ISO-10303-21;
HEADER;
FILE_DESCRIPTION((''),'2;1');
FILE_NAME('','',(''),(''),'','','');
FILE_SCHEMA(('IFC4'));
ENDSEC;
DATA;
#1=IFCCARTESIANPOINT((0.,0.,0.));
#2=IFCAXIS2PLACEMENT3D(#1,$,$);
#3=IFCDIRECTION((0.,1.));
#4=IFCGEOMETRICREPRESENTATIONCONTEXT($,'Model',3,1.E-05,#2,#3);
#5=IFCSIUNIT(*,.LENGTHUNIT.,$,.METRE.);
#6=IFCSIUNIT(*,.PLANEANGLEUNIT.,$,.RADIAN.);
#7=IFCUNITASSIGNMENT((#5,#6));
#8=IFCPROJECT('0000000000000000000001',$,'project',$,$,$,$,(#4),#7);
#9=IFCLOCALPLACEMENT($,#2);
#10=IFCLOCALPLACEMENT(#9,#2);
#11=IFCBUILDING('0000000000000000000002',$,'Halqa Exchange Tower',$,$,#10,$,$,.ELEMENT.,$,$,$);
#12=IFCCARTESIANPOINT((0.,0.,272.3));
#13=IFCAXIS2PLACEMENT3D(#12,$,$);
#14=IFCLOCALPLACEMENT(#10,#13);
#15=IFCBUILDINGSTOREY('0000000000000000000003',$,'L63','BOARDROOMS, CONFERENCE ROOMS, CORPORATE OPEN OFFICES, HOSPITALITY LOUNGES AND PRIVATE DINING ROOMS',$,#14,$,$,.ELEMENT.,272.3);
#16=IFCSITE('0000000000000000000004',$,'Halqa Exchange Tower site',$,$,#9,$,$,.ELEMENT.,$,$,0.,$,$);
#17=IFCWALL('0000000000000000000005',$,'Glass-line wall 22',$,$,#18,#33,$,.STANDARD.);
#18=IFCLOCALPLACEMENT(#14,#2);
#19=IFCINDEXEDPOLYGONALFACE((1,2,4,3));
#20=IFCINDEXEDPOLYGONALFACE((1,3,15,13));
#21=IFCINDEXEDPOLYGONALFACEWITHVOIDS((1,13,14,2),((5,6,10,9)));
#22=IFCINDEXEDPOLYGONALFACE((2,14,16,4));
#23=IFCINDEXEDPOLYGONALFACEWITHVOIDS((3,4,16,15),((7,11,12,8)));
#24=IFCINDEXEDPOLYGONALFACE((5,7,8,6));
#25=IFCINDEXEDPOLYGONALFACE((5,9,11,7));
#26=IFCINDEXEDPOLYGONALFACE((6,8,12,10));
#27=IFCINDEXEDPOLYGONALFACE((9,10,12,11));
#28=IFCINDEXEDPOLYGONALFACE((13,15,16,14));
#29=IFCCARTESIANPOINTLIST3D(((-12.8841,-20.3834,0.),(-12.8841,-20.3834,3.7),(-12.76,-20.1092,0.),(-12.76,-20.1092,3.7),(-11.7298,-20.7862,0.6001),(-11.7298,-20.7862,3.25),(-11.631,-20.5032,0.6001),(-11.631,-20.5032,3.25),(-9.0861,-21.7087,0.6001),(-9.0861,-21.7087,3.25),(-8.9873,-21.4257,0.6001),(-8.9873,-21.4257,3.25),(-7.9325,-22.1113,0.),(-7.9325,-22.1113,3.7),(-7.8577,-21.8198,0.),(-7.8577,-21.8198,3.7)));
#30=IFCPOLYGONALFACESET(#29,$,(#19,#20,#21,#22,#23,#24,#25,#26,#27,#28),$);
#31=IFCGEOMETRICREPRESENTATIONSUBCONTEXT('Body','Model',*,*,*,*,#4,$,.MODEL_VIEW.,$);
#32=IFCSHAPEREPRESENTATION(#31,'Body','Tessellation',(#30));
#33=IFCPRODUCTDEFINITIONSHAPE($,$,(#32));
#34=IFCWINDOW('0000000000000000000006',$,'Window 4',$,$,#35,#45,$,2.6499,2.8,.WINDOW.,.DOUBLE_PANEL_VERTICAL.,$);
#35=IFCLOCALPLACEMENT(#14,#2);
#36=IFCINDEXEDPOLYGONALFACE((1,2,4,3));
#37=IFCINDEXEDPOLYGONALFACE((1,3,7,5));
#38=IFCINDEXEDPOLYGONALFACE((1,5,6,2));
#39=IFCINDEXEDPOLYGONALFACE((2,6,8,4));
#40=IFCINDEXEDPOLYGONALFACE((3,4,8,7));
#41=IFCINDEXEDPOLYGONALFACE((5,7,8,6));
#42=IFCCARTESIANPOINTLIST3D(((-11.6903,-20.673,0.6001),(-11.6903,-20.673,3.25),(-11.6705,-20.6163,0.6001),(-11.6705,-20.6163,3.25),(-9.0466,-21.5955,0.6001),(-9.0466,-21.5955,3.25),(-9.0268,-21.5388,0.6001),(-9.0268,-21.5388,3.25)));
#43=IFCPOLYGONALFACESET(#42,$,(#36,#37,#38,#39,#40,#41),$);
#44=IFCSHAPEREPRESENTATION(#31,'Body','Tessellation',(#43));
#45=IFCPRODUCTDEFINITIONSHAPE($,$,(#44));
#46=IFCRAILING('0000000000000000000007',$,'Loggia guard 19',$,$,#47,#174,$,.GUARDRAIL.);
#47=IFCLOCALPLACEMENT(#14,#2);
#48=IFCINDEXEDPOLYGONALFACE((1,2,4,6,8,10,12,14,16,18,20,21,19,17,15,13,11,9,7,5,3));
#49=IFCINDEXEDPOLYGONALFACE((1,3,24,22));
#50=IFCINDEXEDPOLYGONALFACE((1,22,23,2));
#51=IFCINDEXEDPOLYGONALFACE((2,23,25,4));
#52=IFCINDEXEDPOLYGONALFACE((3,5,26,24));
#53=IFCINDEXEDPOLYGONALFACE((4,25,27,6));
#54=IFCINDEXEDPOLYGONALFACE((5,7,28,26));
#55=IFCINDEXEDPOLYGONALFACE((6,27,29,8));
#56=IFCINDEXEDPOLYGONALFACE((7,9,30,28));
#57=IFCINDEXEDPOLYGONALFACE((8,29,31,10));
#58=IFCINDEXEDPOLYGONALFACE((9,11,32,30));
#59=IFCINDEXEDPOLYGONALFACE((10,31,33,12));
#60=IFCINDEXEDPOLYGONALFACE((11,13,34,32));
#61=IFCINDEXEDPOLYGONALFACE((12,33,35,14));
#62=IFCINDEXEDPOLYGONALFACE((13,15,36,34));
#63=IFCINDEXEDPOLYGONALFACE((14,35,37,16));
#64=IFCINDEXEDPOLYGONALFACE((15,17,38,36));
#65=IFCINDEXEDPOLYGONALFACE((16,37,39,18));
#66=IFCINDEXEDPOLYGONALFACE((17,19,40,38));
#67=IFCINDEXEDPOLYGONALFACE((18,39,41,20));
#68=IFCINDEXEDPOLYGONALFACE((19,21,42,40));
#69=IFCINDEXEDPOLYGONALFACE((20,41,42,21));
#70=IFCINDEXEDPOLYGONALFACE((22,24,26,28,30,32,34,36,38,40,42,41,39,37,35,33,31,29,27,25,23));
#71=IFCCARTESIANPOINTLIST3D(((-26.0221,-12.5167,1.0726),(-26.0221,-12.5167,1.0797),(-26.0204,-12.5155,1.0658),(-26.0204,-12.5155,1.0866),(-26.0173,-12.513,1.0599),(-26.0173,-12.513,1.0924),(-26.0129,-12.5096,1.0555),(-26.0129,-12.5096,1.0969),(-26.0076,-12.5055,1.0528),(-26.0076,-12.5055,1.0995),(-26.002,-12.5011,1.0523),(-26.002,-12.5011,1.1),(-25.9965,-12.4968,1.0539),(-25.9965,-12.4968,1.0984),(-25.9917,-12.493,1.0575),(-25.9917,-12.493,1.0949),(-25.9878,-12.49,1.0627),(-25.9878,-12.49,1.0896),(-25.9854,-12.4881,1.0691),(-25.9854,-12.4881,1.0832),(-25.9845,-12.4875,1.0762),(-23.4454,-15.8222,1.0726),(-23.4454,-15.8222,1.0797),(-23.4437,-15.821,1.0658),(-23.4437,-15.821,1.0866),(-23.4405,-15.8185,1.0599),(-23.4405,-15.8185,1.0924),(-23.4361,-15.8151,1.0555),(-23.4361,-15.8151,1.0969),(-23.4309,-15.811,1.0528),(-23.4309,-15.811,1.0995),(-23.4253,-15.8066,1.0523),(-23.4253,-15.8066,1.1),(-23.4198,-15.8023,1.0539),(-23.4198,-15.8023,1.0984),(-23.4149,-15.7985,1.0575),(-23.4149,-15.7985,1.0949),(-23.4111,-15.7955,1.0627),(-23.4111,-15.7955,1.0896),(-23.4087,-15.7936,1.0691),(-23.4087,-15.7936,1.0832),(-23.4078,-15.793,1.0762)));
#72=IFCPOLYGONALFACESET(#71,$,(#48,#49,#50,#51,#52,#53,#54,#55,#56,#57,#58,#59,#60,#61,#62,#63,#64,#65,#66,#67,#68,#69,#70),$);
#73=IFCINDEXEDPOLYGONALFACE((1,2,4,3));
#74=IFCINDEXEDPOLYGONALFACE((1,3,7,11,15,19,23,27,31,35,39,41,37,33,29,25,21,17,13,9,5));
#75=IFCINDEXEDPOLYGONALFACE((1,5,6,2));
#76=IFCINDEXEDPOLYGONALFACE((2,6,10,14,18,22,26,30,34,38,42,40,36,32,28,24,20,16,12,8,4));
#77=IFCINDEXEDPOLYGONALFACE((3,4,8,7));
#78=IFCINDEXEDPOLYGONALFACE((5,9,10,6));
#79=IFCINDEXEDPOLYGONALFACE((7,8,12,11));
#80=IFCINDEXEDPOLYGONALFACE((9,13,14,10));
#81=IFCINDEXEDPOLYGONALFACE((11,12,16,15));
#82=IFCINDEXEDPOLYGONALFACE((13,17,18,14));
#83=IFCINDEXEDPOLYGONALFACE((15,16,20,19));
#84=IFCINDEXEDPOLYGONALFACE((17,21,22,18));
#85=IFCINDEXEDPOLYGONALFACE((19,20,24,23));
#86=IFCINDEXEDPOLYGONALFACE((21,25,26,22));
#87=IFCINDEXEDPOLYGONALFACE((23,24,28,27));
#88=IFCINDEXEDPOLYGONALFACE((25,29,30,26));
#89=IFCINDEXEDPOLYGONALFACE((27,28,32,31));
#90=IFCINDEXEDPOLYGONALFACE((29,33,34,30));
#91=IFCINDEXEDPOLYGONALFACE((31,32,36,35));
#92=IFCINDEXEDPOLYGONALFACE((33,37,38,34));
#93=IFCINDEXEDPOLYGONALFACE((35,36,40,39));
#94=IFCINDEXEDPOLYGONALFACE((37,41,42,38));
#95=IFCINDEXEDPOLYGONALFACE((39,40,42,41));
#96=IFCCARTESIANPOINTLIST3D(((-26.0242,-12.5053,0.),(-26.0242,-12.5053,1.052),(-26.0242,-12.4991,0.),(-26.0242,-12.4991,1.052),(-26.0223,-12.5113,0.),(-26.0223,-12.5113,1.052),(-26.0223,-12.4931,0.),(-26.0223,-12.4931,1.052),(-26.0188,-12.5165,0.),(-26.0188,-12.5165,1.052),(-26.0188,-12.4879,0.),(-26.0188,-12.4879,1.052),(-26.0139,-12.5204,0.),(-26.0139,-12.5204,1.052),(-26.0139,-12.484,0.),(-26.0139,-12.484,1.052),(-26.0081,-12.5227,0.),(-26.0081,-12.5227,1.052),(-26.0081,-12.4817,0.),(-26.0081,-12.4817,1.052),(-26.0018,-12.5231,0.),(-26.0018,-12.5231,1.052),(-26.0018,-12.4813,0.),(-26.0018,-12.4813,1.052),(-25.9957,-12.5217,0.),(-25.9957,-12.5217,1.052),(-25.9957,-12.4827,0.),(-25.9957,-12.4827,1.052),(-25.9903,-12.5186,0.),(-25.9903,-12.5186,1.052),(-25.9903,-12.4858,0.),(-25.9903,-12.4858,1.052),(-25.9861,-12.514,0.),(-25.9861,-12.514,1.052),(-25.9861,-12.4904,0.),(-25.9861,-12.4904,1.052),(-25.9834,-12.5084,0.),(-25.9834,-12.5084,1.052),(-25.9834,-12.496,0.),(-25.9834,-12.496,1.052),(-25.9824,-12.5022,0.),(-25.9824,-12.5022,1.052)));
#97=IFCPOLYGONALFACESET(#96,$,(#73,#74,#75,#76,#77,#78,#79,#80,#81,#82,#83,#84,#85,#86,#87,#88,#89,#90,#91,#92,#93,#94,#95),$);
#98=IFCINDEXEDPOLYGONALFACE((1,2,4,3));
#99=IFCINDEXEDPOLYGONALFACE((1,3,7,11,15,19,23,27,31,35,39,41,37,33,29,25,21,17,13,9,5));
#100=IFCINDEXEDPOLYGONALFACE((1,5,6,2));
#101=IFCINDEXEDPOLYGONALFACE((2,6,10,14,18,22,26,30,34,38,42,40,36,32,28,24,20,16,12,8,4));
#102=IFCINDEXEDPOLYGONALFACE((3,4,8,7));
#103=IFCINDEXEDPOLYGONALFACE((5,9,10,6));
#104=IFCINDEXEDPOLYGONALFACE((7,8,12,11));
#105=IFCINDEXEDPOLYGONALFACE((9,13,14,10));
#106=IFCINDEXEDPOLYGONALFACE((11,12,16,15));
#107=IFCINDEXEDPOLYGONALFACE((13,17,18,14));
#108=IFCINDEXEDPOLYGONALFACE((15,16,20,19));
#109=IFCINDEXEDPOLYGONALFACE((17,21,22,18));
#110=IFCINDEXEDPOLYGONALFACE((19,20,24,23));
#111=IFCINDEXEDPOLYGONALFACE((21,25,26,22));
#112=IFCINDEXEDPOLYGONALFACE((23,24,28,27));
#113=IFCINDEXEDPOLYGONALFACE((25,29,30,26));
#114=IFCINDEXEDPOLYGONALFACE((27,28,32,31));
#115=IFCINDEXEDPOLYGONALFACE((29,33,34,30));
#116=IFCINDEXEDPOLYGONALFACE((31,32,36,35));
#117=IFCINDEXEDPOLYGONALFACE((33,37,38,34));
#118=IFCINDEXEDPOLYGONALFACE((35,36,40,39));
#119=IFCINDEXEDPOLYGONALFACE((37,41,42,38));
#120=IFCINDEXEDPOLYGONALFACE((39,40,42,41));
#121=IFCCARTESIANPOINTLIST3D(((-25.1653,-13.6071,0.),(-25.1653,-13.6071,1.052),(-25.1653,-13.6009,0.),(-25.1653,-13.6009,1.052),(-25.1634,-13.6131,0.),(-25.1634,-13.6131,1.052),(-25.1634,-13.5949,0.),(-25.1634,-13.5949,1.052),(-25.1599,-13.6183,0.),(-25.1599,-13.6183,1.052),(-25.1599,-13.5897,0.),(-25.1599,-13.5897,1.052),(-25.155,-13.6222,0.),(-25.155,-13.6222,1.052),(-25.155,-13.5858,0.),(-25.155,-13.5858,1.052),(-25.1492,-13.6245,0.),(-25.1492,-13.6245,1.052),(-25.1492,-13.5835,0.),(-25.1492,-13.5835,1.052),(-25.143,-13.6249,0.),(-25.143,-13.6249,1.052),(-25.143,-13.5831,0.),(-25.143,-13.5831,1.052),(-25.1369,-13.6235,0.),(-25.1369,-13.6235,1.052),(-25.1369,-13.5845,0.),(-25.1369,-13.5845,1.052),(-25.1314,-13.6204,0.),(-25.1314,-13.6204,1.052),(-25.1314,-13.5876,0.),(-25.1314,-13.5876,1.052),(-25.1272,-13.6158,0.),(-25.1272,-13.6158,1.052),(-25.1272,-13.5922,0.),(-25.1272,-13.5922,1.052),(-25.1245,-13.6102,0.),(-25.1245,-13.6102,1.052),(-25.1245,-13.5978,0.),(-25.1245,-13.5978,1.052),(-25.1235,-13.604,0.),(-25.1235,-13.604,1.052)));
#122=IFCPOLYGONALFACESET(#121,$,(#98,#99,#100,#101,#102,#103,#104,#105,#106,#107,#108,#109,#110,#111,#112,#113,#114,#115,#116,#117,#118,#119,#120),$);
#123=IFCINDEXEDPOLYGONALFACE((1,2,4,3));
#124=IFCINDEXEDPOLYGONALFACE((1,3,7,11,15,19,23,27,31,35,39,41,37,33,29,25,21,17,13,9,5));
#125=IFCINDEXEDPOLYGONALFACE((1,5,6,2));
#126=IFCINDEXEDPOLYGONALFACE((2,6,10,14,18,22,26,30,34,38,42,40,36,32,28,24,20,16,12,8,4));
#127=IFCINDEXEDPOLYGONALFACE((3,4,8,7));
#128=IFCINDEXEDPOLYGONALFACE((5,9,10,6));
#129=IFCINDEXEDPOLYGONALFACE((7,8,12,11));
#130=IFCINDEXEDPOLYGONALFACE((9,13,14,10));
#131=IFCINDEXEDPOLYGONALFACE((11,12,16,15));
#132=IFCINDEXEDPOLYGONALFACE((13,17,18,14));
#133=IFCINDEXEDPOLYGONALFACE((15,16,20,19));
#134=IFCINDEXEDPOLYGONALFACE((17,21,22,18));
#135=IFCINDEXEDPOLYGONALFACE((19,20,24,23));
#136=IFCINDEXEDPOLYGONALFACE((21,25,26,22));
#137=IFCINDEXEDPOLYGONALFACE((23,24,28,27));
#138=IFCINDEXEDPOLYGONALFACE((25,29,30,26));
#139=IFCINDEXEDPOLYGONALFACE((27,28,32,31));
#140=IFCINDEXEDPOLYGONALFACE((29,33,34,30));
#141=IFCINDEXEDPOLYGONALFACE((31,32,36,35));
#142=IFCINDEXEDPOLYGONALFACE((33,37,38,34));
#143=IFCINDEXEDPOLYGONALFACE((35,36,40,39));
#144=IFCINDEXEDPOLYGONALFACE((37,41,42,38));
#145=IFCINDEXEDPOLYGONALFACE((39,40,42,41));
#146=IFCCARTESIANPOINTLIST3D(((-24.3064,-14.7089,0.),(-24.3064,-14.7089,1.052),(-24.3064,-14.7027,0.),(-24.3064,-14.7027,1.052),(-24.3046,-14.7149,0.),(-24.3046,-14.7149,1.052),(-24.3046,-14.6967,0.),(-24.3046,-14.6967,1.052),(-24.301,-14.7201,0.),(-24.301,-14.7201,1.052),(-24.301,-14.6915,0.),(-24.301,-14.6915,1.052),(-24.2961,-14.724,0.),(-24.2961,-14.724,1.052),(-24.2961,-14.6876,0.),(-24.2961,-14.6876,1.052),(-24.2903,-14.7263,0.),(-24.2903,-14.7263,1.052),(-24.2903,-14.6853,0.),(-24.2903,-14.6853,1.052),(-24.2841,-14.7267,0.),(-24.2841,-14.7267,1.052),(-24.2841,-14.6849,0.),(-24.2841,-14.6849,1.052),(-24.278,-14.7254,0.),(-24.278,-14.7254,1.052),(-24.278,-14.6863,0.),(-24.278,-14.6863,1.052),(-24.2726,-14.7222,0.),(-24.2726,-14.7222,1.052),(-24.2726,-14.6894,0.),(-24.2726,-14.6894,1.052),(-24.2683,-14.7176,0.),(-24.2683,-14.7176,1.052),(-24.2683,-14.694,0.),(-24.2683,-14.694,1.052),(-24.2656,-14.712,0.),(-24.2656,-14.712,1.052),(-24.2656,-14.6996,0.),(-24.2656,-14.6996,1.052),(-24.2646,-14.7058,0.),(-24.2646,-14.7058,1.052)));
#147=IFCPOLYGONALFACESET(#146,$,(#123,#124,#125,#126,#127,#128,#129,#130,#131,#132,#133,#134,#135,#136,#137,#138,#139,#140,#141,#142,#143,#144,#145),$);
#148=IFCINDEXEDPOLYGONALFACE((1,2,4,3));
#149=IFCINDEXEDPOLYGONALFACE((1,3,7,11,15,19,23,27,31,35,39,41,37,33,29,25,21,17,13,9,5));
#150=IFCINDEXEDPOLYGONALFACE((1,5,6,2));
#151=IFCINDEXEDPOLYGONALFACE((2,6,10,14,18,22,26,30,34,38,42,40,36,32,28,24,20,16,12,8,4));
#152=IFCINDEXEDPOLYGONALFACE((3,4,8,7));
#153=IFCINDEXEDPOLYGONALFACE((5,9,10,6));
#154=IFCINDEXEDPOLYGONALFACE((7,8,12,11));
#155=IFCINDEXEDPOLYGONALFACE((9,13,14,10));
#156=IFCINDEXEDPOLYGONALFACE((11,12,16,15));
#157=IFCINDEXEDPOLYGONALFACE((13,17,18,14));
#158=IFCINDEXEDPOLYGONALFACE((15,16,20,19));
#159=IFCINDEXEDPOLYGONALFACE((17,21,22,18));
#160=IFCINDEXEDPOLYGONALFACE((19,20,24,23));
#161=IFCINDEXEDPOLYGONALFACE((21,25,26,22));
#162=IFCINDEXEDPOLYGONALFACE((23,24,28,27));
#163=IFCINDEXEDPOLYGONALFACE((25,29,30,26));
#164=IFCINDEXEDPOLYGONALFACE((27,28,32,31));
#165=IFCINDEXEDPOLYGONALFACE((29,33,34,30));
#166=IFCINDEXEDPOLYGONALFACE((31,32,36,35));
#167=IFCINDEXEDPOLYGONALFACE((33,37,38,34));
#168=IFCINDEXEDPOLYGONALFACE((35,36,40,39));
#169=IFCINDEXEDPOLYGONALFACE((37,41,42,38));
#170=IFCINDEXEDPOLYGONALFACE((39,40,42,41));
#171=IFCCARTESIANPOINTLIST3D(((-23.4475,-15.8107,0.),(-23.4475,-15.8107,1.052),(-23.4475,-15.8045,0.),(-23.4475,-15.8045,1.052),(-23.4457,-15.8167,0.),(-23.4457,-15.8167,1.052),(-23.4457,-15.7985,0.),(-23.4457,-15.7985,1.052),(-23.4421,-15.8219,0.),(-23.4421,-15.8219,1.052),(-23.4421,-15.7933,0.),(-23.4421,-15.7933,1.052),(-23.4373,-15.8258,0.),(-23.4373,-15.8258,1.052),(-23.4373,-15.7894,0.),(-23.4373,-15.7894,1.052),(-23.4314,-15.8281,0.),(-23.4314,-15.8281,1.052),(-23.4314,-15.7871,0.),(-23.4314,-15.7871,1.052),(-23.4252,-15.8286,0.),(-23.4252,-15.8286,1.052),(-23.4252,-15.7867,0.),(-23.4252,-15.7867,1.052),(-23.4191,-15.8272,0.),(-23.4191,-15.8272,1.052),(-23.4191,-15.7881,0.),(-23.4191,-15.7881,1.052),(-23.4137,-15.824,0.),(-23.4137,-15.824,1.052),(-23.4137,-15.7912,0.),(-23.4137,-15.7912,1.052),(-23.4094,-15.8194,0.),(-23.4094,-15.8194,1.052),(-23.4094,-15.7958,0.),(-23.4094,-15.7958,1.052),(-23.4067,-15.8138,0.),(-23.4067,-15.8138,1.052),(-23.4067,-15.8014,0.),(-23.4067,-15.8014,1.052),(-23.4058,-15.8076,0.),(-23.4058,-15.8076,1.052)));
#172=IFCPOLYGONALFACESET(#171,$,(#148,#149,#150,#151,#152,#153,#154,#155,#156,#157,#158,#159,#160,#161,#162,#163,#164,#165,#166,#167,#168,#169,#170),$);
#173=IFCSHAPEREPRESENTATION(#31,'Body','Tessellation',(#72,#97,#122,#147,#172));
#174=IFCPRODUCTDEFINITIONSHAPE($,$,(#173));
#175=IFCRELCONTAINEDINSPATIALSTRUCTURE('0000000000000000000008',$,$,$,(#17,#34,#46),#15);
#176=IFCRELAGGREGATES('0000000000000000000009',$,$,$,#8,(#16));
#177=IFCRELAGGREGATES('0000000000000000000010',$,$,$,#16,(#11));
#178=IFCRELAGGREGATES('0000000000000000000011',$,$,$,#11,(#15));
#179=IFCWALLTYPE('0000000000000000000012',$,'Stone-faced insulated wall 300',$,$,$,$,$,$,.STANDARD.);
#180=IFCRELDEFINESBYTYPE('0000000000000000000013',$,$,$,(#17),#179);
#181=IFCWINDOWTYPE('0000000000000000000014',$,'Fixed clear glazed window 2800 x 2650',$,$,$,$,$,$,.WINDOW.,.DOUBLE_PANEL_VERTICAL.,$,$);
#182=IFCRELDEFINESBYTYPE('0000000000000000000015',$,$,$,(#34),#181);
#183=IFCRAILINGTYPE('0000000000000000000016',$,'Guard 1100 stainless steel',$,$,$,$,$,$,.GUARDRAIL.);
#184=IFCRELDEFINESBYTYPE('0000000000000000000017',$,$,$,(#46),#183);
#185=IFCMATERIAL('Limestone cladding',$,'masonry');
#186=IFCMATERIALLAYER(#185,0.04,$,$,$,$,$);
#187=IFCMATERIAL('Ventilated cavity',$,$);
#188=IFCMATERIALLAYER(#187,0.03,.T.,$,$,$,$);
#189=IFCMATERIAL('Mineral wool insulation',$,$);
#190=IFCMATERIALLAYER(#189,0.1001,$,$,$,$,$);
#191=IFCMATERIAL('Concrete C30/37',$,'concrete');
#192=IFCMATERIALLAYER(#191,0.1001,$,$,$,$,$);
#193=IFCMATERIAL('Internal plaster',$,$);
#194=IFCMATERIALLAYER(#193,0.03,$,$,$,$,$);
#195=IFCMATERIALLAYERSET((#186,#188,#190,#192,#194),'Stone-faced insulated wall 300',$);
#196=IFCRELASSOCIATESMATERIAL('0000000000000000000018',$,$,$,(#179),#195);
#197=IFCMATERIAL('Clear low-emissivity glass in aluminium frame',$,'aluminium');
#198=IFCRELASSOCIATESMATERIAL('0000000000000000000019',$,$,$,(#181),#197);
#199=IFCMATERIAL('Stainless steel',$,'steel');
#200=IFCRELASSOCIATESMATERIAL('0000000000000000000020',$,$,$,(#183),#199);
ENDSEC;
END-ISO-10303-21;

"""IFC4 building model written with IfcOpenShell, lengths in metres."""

from ifc_helpers import new_model, si_unit, direction, frame, frame_2d, origin, origin_2d, place, context, subcontext, project, spatial, polyline, rectangle, circle, outline, extrude, material, layer, layer_set, type_object, element, fill, save


model = new_model("IFC4")

# Units and contexts
model_context = context("Model", 3, precision=1e-05, world=origin(), true_north=direction((0.0, 1.0)))
body_context = subcontext(model_context, "Body", "Model", "MODEL_VIEW")
ifc_project = project(units=[si_unit("LENGTHUNIT", "METRE"), si_unit("PLANEANGLEUNIT", "RADIAN")], contexts=[model_context])

# Site, building, storey
site_placement = place(None, origin())
site = spatial("IfcSite", under=ifc_project, at=site_placement, Name="Halqa Exchange Tower site", CompositionType="ELEMENT", RefElevation=0.0)
building_placement = place(site_placement, origin())
building = spatial("IfcBuilding", under=site, at=building_placement, Name="Halqa Exchange Tower", CompositionType="ELEMENT")
storey_placement = place(building_placement, frame((0.0, 0.0, 272.3)))
storey = spatial("IfcBuildingStorey", under=building, at=storey_placement, Name="L63", Description="BOARDROOMS, CONFERENCE ROOMS, CORPORATE OPEN OFFICES, HOSPITALITY LOUNGES AND PRIVATE DINING ROOMS", CompositionType="ELEMENT", Elevation=272.3)

# Shared definitions
ifc_material_1 = material(Name="Limestone cladding", Category="masonry")
ifc_layer_1 = layer(ifc_material_1, 0.04)
ifc_material_2 = material(Name="Ventilated cavity")
ifc_layer_2 = layer(ifc_material_2, 0.03, ventilated=True)
ifc_material_3 = material(Name="Mineral wool insulation")
ifc_layer_3 = layer(ifc_material_3, 0.1001)
ifc_material_4 = material(Name="Concrete C30/37", Category="concrete")
ifc_layer_4 = layer(ifc_material_4, 0.1001)
ifc_material_5 = material(Name="Internal plaster")
ifc_layer_5 = layer(ifc_material_5, 0.03)
ifc_layer_set_1 = layer_set([ifc_layer_1, ifc_layer_2, ifc_layer_3, ifc_layer_4, ifc_layer_5], Name="Stone-faced insulated wall 300")
wall_type_1 = type_object("IfcWallType", Name="Stone-faced insulated wall 300", PredefinedType="STANDARD", material=ifc_layer_set_1)
ifc_material_6 = material(Name="Clear low-emissivity glass in aluminium frame", Category="aluminium")

# Wall, opening, window
window_type = type_object("IfcWindowType", Name="Fixed clear glazed window 2800 x 2650", PartitioningType="DOUBLE_PANEL_VERTICAL", PredefinedType="WINDOW", material=ifc_material_6)
wall_1_placement = place(storey_placement, frame((-12.822, -20.2463, 0.0), z_axis=(0.0, 0.0, 1.0), x_axis=(0.944169, -0.32946, 0.0)))
wall_1 = element("IfcWall", 1, at=wall_1_placement, inside=storey, type_object=wall_type_1, Name="Glass-line wall 22", PredefinedType="STANDARD", context=body_context, shape_type="SweptSolid", body=[
    extrude(outline(polyline([(-0.0134, -0.1499), (5.231, -0.1499), (5.2056, 0.1499), (0.0134, 0.1499), (-0.0134, -0.1499)])), origin(), (0.0, 0.0, 1.0), 3.7),
])
opening_1_placement = place(wall_1_placement, frame((1.2092, 0.0, 0.6001)))
opening_1 = element("IfcOpeningElement", 2, at=opening_1_placement, cuts=wall_1, PredefinedType="OPENING", context=body_context, shape_type="SweptSolid", body=[
    extrude(rectangle(XDim=2.8, YDim=2.6499, at=frame_2d((1.3999, 1.325))), frame((0.0, 0.1621, 0.0), z_axis=(0.0, -1.0, 0.0), x_axis=(1.0, 0.0, 0.0)), (0.0, 0.0, 1.0), 0.324),
])
window_1_placement = place(opening_1_placement, origin())
window_1 = element("IfcWindow", 3, at=window_1_placement, inside=storey, type_object=window_type, Name="Window 4", OverallHeight=2.6499, OverallWidth=2.8, PartitioningType="DOUBLE_PANEL_VERTICAL", PredefinedType="WINDOW", context=body_context, shape_type="SweptSolid", body=[
    extrude(rectangle(XDim=2.8, YDim=2.6499, at=frame_2d((1.3999, 1.325))), frame((0.0, 0.03, 0.0), z_axis=(0.0, -1.0, 0.0), x_axis=(1.0, 0.0, 0.0)), (0.0, 0.0, 1.0), 0.0601),
])
fill(opening_1, window_1)

# Railing
ifc_material_7 = material(Name="Stainless steel", Category="steel")
railing_type = type_object("IfcRailingType", Name="Guard 1100 stainless steel", PredefinedType="GUARDRAIL", material=ifc_material_7)
railing_1_placement = place(storey_placement, frame((-26.0034, -12.5022, 0.0)))
element("IfcRailing", 4, at=railing_1_placement, inside=storey, type_object=railing_type, Name="Loggia guard 19", PredefinedType="GUARDRAIL", context=body_context, shape_type="SweptSolid", body=[
    extrude(circle(Radius=0.0239, at=origin_2d()), frame((0.0, 0.0, 1.0762), z_axis=(0.614799, -0.788684, 0.0), x_axis=(0.788684, 0.614799, 0.0)), (0.0, 0.0, 1.0), 4.1912),
    extrude(circle(Radius=0.021, at=origin_2d()), origin(), (0.0, 0.0, 1.0), 1.052),
    extrude(circle(Radius=0.021, at=origin_2d()), frame((0.8589, -1.1018, 0.0)), (0.0, 0.0, 1.0), 1.052),
    extrude(circle(Radius=0.021, at=origin_2d()), frame((1.7178, -2.2036, 0.0)), (0.0, 0.0, 1.0), 1.052),
    extrude(circle(Radius=0.021, at=origin_2d()), frame((2.5767, -3.3054, 0.0)), (0.0, 0.0, 1.0), 1.052),
])

save(model, "model.ifc")
